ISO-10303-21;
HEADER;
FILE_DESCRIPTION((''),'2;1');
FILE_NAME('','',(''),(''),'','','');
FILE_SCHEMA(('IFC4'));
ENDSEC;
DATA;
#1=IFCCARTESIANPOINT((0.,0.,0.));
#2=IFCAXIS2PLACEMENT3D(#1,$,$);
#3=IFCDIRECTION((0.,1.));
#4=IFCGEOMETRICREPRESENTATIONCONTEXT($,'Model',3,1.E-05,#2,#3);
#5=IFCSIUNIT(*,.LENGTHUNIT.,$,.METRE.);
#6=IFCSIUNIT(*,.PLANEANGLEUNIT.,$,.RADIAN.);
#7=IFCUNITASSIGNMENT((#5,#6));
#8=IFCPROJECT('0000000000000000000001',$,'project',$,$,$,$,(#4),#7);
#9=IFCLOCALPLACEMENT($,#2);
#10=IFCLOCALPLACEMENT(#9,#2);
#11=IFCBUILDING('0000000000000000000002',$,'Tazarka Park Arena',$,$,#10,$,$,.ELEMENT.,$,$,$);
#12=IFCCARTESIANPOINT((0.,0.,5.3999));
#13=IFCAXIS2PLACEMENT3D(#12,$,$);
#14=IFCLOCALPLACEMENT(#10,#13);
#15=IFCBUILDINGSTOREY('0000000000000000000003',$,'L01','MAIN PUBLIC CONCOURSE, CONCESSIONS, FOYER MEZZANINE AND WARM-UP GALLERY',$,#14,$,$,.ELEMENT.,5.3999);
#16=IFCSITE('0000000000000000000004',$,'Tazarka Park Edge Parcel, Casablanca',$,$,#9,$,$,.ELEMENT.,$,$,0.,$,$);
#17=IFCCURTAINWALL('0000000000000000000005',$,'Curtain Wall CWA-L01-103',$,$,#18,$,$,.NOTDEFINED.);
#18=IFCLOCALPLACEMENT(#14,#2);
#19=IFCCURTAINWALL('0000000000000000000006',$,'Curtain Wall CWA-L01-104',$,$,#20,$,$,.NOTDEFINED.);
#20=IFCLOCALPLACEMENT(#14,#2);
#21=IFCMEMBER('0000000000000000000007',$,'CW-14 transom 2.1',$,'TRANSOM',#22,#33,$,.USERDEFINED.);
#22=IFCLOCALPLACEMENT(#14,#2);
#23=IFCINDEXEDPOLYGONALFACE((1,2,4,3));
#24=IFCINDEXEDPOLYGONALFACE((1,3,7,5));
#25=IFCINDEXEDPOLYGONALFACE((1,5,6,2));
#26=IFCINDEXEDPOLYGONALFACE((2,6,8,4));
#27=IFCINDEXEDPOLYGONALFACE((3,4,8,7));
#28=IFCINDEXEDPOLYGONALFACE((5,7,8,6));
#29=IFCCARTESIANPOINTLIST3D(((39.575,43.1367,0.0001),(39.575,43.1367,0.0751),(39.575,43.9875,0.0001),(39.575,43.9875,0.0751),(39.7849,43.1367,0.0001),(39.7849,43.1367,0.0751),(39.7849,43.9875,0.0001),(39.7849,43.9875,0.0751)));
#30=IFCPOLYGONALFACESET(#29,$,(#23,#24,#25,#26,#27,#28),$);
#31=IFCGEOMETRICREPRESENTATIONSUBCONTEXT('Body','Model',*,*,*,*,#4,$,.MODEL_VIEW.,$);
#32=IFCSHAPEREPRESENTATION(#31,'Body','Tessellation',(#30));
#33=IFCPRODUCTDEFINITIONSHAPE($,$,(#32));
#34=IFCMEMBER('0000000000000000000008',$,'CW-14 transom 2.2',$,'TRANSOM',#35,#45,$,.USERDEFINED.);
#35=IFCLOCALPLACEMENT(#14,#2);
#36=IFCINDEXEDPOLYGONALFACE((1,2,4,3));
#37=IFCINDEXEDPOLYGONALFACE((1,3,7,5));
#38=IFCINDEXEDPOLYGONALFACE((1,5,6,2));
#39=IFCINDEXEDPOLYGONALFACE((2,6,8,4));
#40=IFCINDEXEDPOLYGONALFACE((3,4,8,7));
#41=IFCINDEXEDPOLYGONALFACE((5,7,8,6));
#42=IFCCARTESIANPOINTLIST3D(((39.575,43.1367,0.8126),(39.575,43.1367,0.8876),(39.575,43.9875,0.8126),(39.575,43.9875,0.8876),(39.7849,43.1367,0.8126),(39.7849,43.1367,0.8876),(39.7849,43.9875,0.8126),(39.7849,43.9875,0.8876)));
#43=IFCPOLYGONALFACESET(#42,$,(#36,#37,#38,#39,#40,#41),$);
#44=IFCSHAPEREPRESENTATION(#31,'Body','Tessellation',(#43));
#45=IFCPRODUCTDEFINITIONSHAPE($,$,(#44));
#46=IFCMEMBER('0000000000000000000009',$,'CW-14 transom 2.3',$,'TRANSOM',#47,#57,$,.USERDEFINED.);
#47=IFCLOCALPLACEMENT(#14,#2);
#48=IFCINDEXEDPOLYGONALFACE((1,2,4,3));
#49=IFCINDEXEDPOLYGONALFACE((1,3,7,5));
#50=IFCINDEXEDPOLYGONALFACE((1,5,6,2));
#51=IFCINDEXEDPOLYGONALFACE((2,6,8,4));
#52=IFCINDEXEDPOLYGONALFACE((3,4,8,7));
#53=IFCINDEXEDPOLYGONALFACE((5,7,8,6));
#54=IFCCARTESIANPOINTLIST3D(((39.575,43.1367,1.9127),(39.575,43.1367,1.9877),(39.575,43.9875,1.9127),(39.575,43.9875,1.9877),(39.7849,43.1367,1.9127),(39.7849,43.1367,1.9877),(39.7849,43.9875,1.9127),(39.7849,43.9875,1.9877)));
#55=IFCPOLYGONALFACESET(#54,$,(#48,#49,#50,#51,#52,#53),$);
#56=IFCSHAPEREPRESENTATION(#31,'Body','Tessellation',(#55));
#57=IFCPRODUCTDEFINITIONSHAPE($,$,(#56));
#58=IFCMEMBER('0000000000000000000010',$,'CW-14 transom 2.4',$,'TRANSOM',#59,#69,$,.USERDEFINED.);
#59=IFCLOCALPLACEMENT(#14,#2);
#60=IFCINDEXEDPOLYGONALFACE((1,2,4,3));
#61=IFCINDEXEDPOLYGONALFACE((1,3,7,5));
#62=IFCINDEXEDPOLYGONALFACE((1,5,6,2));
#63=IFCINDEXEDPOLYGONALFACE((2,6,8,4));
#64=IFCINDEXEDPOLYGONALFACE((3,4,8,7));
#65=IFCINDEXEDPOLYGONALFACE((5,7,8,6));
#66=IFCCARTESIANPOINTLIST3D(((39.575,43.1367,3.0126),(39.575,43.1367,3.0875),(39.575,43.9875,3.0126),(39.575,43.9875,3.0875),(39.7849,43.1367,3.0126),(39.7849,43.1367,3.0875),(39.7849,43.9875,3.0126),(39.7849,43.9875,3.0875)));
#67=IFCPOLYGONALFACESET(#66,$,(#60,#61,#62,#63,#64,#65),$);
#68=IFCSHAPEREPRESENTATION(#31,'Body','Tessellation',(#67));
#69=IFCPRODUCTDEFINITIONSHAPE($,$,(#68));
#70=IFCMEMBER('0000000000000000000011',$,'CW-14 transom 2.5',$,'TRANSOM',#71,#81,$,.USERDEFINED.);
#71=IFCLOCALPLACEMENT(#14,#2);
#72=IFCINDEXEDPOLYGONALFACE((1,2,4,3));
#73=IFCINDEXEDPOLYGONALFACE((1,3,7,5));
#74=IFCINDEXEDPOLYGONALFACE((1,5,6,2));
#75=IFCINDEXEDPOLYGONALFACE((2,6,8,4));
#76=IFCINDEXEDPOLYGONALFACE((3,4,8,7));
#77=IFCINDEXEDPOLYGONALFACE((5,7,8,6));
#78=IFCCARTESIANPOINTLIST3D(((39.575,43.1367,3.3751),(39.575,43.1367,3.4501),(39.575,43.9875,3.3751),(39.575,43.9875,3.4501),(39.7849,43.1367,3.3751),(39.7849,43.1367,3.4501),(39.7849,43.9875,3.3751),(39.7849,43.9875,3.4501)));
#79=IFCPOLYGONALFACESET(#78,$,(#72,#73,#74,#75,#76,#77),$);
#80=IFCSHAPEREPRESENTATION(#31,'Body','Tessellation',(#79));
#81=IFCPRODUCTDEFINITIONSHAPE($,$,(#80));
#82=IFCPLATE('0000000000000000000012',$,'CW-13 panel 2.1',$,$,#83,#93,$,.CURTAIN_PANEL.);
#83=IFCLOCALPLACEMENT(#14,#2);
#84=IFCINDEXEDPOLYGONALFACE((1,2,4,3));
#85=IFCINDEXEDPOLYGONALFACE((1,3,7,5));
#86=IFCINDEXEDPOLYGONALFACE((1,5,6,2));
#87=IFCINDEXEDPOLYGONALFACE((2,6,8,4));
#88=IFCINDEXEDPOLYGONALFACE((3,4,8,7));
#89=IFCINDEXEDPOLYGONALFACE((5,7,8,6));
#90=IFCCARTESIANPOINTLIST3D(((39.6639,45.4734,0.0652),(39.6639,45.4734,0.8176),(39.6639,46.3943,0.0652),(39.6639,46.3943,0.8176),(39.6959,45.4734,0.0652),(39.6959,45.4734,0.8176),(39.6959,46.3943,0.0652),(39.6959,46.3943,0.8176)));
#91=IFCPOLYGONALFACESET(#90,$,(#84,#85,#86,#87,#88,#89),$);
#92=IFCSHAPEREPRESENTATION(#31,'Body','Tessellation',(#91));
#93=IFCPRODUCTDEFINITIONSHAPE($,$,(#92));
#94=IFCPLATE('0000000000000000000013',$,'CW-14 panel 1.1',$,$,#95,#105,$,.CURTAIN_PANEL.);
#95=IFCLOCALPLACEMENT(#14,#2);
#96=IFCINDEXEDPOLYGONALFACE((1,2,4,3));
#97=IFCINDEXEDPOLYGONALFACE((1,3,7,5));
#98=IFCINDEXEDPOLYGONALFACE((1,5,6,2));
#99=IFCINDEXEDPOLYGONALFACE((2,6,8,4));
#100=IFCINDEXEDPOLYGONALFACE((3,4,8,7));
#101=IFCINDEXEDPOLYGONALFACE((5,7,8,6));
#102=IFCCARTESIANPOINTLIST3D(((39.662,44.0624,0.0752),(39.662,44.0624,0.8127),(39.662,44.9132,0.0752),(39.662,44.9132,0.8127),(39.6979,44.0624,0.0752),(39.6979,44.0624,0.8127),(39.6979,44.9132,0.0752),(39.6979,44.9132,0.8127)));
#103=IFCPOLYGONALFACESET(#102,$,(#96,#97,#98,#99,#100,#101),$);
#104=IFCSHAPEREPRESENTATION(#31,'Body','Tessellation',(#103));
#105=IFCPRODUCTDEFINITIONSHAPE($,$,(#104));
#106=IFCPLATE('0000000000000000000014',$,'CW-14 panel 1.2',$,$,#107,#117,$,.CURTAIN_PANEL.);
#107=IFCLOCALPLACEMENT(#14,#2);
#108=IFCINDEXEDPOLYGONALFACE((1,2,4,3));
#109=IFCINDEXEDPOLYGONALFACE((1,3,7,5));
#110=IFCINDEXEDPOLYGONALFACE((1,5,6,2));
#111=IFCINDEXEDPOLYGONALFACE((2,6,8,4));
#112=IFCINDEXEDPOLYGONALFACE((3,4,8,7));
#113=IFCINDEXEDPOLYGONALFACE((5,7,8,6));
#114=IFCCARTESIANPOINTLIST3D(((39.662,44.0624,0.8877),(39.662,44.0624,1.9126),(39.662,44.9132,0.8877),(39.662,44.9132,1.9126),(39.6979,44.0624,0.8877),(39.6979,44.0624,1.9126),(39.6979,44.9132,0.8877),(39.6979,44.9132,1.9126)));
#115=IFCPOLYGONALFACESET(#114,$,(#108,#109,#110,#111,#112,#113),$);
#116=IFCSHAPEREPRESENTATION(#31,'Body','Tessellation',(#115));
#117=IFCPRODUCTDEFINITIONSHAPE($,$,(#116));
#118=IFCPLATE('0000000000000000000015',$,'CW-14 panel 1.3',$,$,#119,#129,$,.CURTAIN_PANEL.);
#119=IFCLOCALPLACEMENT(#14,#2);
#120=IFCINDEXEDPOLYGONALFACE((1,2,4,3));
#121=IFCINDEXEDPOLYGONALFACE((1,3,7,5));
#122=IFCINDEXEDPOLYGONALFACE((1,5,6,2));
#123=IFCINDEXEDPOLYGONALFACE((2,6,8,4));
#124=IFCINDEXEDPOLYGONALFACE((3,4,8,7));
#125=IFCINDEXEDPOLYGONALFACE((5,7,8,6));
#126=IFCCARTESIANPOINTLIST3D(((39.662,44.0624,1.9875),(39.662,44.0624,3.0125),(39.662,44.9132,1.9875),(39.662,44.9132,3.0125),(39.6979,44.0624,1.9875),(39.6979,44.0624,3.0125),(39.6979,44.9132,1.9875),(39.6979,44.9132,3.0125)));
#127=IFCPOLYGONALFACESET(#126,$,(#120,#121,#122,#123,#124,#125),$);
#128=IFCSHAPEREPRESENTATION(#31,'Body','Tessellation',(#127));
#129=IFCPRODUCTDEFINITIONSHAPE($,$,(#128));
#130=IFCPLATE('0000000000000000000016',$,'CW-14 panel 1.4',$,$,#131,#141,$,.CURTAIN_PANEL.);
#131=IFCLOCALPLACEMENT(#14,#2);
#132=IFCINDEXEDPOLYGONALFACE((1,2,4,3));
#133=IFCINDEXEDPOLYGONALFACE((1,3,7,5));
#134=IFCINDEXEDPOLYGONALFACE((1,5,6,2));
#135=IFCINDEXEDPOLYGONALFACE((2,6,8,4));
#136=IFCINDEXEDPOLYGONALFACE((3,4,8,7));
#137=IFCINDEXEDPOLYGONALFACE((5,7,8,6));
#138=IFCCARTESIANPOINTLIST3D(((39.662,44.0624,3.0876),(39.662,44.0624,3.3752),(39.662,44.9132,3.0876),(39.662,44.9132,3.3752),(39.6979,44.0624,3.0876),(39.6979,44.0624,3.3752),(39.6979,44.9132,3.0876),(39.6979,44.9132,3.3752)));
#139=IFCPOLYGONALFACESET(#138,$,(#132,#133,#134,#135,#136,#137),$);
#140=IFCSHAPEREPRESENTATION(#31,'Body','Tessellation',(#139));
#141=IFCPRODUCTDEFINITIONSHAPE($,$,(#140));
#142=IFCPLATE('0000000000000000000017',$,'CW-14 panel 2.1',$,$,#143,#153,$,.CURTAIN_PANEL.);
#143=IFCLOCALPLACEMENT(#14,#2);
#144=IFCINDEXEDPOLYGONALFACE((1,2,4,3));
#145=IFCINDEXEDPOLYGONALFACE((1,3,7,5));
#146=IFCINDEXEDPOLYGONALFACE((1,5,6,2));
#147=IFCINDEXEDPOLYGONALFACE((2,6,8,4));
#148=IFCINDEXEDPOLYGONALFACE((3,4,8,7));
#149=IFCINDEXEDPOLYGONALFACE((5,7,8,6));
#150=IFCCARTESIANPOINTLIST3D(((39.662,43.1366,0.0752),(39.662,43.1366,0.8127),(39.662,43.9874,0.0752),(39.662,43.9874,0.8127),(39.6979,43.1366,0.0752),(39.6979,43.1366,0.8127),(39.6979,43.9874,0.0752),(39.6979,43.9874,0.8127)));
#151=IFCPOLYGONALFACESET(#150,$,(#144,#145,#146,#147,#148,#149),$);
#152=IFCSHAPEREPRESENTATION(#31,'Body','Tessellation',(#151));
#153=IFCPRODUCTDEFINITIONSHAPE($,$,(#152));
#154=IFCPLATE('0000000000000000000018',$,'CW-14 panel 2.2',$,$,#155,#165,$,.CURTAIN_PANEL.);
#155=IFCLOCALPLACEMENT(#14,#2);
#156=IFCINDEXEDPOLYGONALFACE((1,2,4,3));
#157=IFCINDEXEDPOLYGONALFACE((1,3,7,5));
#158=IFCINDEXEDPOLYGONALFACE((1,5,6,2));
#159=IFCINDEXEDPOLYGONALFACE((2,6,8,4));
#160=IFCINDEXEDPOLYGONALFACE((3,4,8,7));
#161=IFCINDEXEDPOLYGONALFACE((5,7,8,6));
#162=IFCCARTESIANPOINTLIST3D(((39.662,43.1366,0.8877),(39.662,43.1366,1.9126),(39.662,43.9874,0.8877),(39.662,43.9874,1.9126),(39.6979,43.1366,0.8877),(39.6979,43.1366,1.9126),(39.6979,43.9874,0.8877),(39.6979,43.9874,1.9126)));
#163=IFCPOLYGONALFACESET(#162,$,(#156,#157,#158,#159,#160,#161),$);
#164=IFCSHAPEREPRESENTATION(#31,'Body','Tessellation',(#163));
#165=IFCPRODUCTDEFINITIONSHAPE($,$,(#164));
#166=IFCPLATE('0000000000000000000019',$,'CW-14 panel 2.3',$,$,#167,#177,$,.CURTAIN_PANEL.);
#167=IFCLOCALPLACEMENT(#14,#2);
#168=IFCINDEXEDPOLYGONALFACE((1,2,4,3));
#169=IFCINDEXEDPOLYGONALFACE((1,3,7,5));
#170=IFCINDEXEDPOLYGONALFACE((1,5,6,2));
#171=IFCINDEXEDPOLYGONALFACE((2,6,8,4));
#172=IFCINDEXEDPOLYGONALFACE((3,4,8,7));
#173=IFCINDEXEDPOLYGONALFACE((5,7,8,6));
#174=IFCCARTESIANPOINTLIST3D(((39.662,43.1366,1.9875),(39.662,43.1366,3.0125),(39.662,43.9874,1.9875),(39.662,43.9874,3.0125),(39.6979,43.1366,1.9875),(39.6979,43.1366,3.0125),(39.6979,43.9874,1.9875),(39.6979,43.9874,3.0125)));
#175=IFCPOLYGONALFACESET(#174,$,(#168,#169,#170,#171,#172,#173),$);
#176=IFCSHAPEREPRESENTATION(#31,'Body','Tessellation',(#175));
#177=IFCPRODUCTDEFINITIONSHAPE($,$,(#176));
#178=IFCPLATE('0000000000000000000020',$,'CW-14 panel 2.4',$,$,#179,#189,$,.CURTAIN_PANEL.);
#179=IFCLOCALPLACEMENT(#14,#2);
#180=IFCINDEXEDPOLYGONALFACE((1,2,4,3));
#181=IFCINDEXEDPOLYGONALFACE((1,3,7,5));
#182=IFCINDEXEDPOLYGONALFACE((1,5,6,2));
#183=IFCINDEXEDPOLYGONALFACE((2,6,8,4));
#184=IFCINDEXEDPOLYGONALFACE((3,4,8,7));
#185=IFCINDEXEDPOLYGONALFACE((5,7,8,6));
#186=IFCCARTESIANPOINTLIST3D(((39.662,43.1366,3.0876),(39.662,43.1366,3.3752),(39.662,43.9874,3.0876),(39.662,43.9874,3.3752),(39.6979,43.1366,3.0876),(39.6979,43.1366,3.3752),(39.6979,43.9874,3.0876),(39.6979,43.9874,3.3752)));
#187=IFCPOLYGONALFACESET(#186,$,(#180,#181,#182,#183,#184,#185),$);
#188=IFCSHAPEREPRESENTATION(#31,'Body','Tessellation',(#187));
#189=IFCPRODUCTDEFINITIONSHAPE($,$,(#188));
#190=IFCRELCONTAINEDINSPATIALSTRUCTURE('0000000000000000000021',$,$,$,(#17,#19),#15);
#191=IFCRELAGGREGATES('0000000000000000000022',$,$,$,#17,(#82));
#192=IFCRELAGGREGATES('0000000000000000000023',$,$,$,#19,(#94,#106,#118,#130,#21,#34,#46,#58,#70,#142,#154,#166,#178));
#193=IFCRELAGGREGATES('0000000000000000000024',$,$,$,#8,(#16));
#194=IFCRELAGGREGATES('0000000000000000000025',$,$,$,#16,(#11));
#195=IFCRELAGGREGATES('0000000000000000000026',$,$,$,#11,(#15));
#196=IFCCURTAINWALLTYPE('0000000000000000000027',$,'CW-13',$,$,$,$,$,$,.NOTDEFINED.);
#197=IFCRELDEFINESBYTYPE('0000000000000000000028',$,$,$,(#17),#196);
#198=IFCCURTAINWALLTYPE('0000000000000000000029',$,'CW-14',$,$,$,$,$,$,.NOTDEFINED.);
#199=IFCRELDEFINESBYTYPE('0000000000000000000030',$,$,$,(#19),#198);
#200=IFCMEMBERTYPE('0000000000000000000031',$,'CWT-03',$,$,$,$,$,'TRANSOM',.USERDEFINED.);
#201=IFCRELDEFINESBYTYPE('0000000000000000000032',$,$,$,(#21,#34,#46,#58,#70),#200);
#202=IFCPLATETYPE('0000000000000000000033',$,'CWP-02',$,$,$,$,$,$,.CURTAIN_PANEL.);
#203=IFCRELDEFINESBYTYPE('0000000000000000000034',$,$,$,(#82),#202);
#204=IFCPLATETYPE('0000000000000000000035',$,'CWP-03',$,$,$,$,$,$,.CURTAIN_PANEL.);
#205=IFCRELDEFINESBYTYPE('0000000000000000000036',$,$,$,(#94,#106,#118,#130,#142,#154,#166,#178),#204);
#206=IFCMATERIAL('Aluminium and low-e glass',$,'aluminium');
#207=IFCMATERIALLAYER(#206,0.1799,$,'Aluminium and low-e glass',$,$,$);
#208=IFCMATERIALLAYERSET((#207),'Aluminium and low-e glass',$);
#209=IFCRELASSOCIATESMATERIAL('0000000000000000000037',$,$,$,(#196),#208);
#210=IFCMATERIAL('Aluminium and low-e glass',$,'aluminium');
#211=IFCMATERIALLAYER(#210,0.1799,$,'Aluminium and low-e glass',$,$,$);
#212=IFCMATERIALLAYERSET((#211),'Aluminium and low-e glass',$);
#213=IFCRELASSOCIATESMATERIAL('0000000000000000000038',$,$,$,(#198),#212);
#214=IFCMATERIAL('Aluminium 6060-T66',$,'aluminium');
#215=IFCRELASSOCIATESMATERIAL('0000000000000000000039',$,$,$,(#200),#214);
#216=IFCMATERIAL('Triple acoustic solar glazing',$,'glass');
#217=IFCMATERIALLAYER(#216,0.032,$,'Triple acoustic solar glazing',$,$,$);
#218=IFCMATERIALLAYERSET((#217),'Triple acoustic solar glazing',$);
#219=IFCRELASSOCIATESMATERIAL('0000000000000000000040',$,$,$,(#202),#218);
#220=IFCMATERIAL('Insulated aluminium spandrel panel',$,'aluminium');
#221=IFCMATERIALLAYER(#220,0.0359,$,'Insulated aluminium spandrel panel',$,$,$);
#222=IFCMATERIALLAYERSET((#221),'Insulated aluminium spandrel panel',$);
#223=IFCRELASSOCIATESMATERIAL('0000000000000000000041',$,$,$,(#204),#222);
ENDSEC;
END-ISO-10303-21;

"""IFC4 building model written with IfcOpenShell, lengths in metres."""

from ifc_helpers import new_model, si_unit, direction, frame, origin, origin_2d, place, context, subcontext, project, spatial, rectangle, extrude, material, layer, layer_set, material_profile, profile_set, type_object, element, aggregate, save


model = new_model("IFC4")

# Units and contexts
model_context = context("Model", 3, precision=1e-05, world=origin(), true_north=direction((0.0, 1.0)))
body_context = subcontext(model_context, "Body", "Model", "MODEL_VIEW")
ifc_project = project(units=[si_unit("LENGTHUNIT", "METRE"), si_unit("PLANEANGLEUNIT", "RADIAN")], contexts=[model_context])

# Site, building, storey
site_placement = place(None, origin())
site = spatial("IfcSite", under=ifc_project, at=site_placement, Name="Tazarka Park Edge Parcel, Casablanca", CompositionType="ELEMENT", RefElevation=0.0)
building_placement = place(site_placement, origin())
building = spatial("IfcBuilding", under=site, at=building_placement, Name="Tazarka Park Arena", CompositionType="ELEMENT")
storey_placement = place(building_placement, frame((0.0, 0.0, 5.3999)))
storey = spatial("IfcBuildingStorey", under=building, at=storey_placement, Name="L01", Description="MAIN PUBLIC CONCOURSE, CONCESSIONS, FOYER MEZZANINE AND WARM-UP GALLERY", CompositionType="ELEMENT", Elevation=5.3999)

# Curtain wall
ifc_material_1 = material(Name="Aluminium and low-e glass", Category="aluminium")
ifc_layer_1 = layer(ifc_material_1, 0.1799, Name="Aluminium and low-e glass")
ifc_layer_set_1 = layer_set([ifc_layer_1], Name="Aluminium and low-e glass")
curtain_wall_type_1 = type_object("IfcCurtainWallType", Name="CW-13", PredefinedType="NOTDEFINED", material=ifc_layer_set_1)
curtain_wall_1_placement = place(storey_placement, origin())
curtain_wall_1 = element("IfcCurtainWall", 1, at=curtain_wall_1_placement, inside=storey, type_object=curtain_wall_type_1, Name="Curtain Wall CWA-L01-103", PredefinedType="NOTDEFINED")

# Curtain wall, members
ifc_material_2 = material(Name="Aluminium and low-e glass", Category="aluminium")
ifc_layer_2 = layer(ifc_material_2, 0.1799, Name="Aluminium and low-e glass")
ifc_layer_set_2 = layer_set([ifc_layer_2], Name="Aluminium and low-e glass")
curtain_wall_type_2 = type_object("IfcCurtainWallType", Name="CW-14", PredefinedType="NOTDEFINED", material=ifc_layer_set_2)
curtain_wall_2_placement = place(storey_placement, origin())
curtain_wall_2 = element("IfcCurtainWall", 2, at=curtain_wall_2_placement, inside=storey, type_object=curtain_wall_type_2, Name="Curtain Wall CWA-L01-104", PredefinedType="NOTDEFINED")
ifc_material_3 = material(Name="Aluminium 6060-T66", Category="aluminium")
ifc_material_profile_1 = material_profile(ifc_material_3, rectangle(XDim=0.21, YDim=0.075, at=origin_2d()), Name="Aluminium 6060-T66")
ifc_profile_set_1 = profile_set([ifc_material_profile_1], Name="Aluminium 6060-T66")
member_type_1 = type_object("IfcMemberType", Name="CWT-03", ElementType="TRANSOM", PredefinedType="USERDEFINED", material=ifc_profile_set_1)
member_1_placement = place(storey_placement, frame((39.6799, 43.9875, 0.0376), z_axis=(0.0, -1.0, 0.0), x_axis=(1.0, 0.0, 0.0)))
member_1 = element("IfcMember", 3, at=member_1_placement, type_object=member_type_1, Name="CW-14 transom 2.1", ObjectType="TRANSOM", PredefinedType="USERDEFINED", context=body_context, shape_type="SweptSolid", body=[
    extrude(rectangle(XDim=0.21, YDim=0.075, at=origin_2d()), origin(), (0.0, 0.0, 1.0), 0.8508),
])
member_2_placement = place(storey_placement, frame((39.6799, 43.9875, 0.8501), z_axis=(0.0, -1.0, 0.0), x_axis=(1.0, 0.0, 0.0)))
member_2 = element("IfcMember", 4, at=member_2_placement, type_object=member_type_1, Name="CW-14 transom 2.2", ObjectType="TRANSOM", PredefinedType="USERDEFINED", context=body_context, shape_type="SweptSolid", body=[
    extrude(rectangle(XDim=0.21, YDim=0.075, at=origin_2d()), origin(), (0.0, 0.0, 1.0), 0.8508),
])
member_3_placement = place(storey_placement, frame((39.6799, 43.9875, 1.9502), z_axis=(0.0, -1.0, 0.0), x_axis=(1.0, 0.0, 0.0)))
member_3 = element("IfcMember", 5, at=member_3_placement, type_object=member_type_1, Name="CW-14 transom 2.3", ObjectType="TRANSOM", PredefinedType="USERDEFINED", context=body_context, shape_type="SweptSolid", body=[
    extrude(rectangle(XDim=0.21, YDim=0.075, at=origin_2d()), origin(), (0.0, 0.0, 1.0), 0.8508),
])
member_4_placement = place(storey_placement, frame((39.6799, 43.9875, 3.05), z_axis=(0.0, -1.0, 0.0), x_axis=(1.0, 0.0, 0.0)))
member_4 = element("IfcMember", 6, at=member_4_placement, type_object=member_type_1, Name="CW-14 transom 2.4", ObjectType="TRANSOM", PredefinedType="USERDEFINED", context=body_context, shape_type="SweptSolid", body=[
    extrude(rectangle(XDim=0.21, YDim=0.075, at=origin_2d()), origin(), (0.0, 0.0, 1.0), 0.8508),
])
member_5_placement = place(storey_placement, frame((39.6799, 43.9875, 3.4126), z_axis=(0.0, -1.0, 0.0), x_axis=(1.0, 0.0, 0.0)))
member_5 = element("IfcMember", 7, at=member_5_placement, type_object=member_type_1, Name="CW-14 transom 2.5", ObjectType="TRANSOM", PredefinedType="USERDEFINED", context=body_context, shape_type="SweptSolid", body=[
    extrude(rectangle(XDim=0.21, YDim=0.075, at=origin_2d()), origin(), (0.0, 0.0, 1.0), 0.8508),
])

# Plates
ifc_material_4 = material(Name="Triple acoustic solar glazing", Category="glass")
ifc_layer_3 = layer(ifc_material_4, 0.032, Name="Triple acoustic solar glazing")
ifc_layer_set_3 = layer_set([ifc_layer_3], Name="Triple acoustic solar glazing")
plate_type_1 = type_object("IfcPlateType", Name="CWP-02", PredefinedType="CURTAIN_PANEL", material=ifc_layer_set_3)
plate_1_placement = place(storey_placement, frame((39.6799, 45.9338, 0.0652), z_axis=(0.0, 0.0, 1.0), x_axis=(0.0, -1.0, 0.0)))
plate_1 = element("IfcPlate", 8, at=plate_1_placement, type_object=plate_type_1, Name="CW-13 panel 2.1", PredefinedType="CURTAIN_PANEL", context=body_context, shape_type="SweptSolid", body=[
    extrude(rectangle(XDim=0.9209, YDim=0.032, at=origin_2d()), origin(), (0.0, 0.0, 1.0), 0.7524),
])
aggregate(curtain_wall_1, [plate_1])
ifc_material_5 = material(Name="Insulated aluminium spandrel panel", Category="aluminium")
ifc_layer_4 = layer(ifc_material_5, 0.0359, Name="Insulated aluminium spandrel panel")
ifc_layer_set_4 = layer_set([ifc_layer_4], Name="Insulated aluminium spandrel panel")
plate_type_2 = type_object("IfcPlateType", Name="CWP-03", PredefinedType="CURTAIN_PANEL", material=ifc_layer_set_4)
plate_2_placement = place(storey_placement, frame((39.6799, 44.4878, 0.0752), z_axis=(0.0, 0.0, 1.0), x_axis=(0.0, -1.0, 0.0)))
plate_2 = element("IfcPlate", 9, at=plate_2_placement, type_object=plate_type_2, Name="CW-14 panel 1.1", PredefinedType="CURTAIN_PANEL", context=body_context, shape_type="SweptSolid", body=[
    extrude(rectangle(XDim=0.8508, YDim=0.0359, at=origin_2d()), origin(), (0.0, 0.0, 1.0), 0.7375),
])
plate_3_placement = place(storey_placement, frame((39.6799, 44.4878, 0.8877), z_axis=(0.0, 0.0, 1.0), x_axis=(0.0, -1.0, 0.0)))
plate_3 = element("IfcPlate", 10, at=plate_3_placement, type_object=plate_type_2, Name="CW-14 panel 1.2", PredefinedType="CURTAIN_PANEL", context=body_context, shape_type="SweptSolid", body=[
    extrude(rectangle(XDim=0.8508, YDim=0.0359, at=origin_2d()), origin(), (0.0, 0.0, 1.0), 1.0249),
])
plate_4_placement = place(storey_placement, frame((39.6799, 44.4878, 1.9875), z_axis=(0.0, 0.0, 1.0), x_axis=(0.0, -1.0, 0.0)))
plate_4 = element("IfcPlate", 11, at=plate_4_placement, type_object=plate_type_2, Name="CW-14 panel 1.3", PredefinedType="CURTAIN_PANEL", context=body_context, shape_type="SweptSolid", body=[
    extrude(rectangle(XDim=0.8508, YDim=0.0359, at=origin_2d()), origin(), (0.0, 0.0, 1.0), 1.0249),
])
plate_5_placement = place(storey_placement, frame((39.6799, 44.4878, 3.0876), z_axis=(0.0, 0.0, 1.0), x_axis=(0.0, -1.0, 0.0)))
plate_5 = element("IfcPlate", 12, at=plate_5_placement, type_object=plate_type_2, Name="CW-14 panel 1.4", PredefinedType="CURTAIN_PANEL", context=body_context, shape_type="SweptSolid", body=[
    extrude(rectangle(XDim=0.8508, YDim=0.0359, at=origin_2d()), origin(), (0.0, 0.0, 1.0), 0.2876),
])
plate_6_placement = place(storey_placement, frame((39.6799, 43.562, 0.0752), z_axis=(0.0, 0.0, 1.0), x_axis=(0.0, -1.0, 0.0)))
plate_6 = element("IfcPlate", 13, at=plate_6_placement, type_object=plate_type_2, Name="CW-14 panel 2.1", PredefinedType="CURTAIN_PANEL", context=body_context, shape_type="SweptSolid", body=[
    extrude(rectangle(XDim=0.8508, YDim=0.0359, at=origin_2d()), origin(), (0.0, 0.0, 1.0), 0.7375),
])
plate_7_placement = place(storey_placement, frame((39.6799, 43.562, 0.8877), z_axis=(0.0, 0.0, 1.0), x_axis=(0.0, -1.0, 0.0)))
plate_7 = element("IfcPlate", 14, at=plate_7_placement, type_object=plate_type_2, Name="CW-14 panel 2.2", PredefinedType="CURTAIN_PANEL", context=body_context, shape_type="SweptSolid", body=[
    extrude(rectangle(XDim=0.8508, YDim=0.0359, at=origin_2d()), origin(), (0.0, 0.0, 1.0), 1.0249),
])
plate_8_placement = place(storey_placement, frame((39.6799, 43.562, 1.9875), z_axis=(0.0, 0.0, 1.0), x_axis=(0.0, -1.0, 0.0)))
plate_8 = element("IfcPlate", 15, at=plate_8_placement, type_object=plate_type_2, Name="CW-14 panel 2.3", PredefinedType="CURTAIN_PANEL", context=body_context, shape_type="SweptSolid", body=[
    extrude(rectangle(XDim=0.8508, YDim=0.0359, at=origin_2d()), origin(), (0.0, 0.0, 1.0), 1.0249),
])
plate_9_placement = place(storey_placement, frame((39.6799, 43.562, 3.0876), z_axis=(0.0, 0.0, 1.0), x_axis=(0.0, -1.0, 0.0)))
plate_9 = element("IfcPlate", 16, at=plate_9_placement, type_object=plate_type_2, Name="CW-14 panel 2.4", PredefinedType="CURTAIN_PANEL", context=body_context, shape_type="SweptSolid", body=[
    extrude(rectangle(XDim=0.8508, YDim=0.0359, at=origin_2d()), origin(), (0.0, 0.0, 1.0), 0.2876),
])
aggregate(curtain_wall_2, [plate_2, plate_3, plate_4, plate_5, member_1, member_2, member_3, member_4, member_5, plate_6, plate_7, plate_8, plate_9])

save(model, "model.ifc")
